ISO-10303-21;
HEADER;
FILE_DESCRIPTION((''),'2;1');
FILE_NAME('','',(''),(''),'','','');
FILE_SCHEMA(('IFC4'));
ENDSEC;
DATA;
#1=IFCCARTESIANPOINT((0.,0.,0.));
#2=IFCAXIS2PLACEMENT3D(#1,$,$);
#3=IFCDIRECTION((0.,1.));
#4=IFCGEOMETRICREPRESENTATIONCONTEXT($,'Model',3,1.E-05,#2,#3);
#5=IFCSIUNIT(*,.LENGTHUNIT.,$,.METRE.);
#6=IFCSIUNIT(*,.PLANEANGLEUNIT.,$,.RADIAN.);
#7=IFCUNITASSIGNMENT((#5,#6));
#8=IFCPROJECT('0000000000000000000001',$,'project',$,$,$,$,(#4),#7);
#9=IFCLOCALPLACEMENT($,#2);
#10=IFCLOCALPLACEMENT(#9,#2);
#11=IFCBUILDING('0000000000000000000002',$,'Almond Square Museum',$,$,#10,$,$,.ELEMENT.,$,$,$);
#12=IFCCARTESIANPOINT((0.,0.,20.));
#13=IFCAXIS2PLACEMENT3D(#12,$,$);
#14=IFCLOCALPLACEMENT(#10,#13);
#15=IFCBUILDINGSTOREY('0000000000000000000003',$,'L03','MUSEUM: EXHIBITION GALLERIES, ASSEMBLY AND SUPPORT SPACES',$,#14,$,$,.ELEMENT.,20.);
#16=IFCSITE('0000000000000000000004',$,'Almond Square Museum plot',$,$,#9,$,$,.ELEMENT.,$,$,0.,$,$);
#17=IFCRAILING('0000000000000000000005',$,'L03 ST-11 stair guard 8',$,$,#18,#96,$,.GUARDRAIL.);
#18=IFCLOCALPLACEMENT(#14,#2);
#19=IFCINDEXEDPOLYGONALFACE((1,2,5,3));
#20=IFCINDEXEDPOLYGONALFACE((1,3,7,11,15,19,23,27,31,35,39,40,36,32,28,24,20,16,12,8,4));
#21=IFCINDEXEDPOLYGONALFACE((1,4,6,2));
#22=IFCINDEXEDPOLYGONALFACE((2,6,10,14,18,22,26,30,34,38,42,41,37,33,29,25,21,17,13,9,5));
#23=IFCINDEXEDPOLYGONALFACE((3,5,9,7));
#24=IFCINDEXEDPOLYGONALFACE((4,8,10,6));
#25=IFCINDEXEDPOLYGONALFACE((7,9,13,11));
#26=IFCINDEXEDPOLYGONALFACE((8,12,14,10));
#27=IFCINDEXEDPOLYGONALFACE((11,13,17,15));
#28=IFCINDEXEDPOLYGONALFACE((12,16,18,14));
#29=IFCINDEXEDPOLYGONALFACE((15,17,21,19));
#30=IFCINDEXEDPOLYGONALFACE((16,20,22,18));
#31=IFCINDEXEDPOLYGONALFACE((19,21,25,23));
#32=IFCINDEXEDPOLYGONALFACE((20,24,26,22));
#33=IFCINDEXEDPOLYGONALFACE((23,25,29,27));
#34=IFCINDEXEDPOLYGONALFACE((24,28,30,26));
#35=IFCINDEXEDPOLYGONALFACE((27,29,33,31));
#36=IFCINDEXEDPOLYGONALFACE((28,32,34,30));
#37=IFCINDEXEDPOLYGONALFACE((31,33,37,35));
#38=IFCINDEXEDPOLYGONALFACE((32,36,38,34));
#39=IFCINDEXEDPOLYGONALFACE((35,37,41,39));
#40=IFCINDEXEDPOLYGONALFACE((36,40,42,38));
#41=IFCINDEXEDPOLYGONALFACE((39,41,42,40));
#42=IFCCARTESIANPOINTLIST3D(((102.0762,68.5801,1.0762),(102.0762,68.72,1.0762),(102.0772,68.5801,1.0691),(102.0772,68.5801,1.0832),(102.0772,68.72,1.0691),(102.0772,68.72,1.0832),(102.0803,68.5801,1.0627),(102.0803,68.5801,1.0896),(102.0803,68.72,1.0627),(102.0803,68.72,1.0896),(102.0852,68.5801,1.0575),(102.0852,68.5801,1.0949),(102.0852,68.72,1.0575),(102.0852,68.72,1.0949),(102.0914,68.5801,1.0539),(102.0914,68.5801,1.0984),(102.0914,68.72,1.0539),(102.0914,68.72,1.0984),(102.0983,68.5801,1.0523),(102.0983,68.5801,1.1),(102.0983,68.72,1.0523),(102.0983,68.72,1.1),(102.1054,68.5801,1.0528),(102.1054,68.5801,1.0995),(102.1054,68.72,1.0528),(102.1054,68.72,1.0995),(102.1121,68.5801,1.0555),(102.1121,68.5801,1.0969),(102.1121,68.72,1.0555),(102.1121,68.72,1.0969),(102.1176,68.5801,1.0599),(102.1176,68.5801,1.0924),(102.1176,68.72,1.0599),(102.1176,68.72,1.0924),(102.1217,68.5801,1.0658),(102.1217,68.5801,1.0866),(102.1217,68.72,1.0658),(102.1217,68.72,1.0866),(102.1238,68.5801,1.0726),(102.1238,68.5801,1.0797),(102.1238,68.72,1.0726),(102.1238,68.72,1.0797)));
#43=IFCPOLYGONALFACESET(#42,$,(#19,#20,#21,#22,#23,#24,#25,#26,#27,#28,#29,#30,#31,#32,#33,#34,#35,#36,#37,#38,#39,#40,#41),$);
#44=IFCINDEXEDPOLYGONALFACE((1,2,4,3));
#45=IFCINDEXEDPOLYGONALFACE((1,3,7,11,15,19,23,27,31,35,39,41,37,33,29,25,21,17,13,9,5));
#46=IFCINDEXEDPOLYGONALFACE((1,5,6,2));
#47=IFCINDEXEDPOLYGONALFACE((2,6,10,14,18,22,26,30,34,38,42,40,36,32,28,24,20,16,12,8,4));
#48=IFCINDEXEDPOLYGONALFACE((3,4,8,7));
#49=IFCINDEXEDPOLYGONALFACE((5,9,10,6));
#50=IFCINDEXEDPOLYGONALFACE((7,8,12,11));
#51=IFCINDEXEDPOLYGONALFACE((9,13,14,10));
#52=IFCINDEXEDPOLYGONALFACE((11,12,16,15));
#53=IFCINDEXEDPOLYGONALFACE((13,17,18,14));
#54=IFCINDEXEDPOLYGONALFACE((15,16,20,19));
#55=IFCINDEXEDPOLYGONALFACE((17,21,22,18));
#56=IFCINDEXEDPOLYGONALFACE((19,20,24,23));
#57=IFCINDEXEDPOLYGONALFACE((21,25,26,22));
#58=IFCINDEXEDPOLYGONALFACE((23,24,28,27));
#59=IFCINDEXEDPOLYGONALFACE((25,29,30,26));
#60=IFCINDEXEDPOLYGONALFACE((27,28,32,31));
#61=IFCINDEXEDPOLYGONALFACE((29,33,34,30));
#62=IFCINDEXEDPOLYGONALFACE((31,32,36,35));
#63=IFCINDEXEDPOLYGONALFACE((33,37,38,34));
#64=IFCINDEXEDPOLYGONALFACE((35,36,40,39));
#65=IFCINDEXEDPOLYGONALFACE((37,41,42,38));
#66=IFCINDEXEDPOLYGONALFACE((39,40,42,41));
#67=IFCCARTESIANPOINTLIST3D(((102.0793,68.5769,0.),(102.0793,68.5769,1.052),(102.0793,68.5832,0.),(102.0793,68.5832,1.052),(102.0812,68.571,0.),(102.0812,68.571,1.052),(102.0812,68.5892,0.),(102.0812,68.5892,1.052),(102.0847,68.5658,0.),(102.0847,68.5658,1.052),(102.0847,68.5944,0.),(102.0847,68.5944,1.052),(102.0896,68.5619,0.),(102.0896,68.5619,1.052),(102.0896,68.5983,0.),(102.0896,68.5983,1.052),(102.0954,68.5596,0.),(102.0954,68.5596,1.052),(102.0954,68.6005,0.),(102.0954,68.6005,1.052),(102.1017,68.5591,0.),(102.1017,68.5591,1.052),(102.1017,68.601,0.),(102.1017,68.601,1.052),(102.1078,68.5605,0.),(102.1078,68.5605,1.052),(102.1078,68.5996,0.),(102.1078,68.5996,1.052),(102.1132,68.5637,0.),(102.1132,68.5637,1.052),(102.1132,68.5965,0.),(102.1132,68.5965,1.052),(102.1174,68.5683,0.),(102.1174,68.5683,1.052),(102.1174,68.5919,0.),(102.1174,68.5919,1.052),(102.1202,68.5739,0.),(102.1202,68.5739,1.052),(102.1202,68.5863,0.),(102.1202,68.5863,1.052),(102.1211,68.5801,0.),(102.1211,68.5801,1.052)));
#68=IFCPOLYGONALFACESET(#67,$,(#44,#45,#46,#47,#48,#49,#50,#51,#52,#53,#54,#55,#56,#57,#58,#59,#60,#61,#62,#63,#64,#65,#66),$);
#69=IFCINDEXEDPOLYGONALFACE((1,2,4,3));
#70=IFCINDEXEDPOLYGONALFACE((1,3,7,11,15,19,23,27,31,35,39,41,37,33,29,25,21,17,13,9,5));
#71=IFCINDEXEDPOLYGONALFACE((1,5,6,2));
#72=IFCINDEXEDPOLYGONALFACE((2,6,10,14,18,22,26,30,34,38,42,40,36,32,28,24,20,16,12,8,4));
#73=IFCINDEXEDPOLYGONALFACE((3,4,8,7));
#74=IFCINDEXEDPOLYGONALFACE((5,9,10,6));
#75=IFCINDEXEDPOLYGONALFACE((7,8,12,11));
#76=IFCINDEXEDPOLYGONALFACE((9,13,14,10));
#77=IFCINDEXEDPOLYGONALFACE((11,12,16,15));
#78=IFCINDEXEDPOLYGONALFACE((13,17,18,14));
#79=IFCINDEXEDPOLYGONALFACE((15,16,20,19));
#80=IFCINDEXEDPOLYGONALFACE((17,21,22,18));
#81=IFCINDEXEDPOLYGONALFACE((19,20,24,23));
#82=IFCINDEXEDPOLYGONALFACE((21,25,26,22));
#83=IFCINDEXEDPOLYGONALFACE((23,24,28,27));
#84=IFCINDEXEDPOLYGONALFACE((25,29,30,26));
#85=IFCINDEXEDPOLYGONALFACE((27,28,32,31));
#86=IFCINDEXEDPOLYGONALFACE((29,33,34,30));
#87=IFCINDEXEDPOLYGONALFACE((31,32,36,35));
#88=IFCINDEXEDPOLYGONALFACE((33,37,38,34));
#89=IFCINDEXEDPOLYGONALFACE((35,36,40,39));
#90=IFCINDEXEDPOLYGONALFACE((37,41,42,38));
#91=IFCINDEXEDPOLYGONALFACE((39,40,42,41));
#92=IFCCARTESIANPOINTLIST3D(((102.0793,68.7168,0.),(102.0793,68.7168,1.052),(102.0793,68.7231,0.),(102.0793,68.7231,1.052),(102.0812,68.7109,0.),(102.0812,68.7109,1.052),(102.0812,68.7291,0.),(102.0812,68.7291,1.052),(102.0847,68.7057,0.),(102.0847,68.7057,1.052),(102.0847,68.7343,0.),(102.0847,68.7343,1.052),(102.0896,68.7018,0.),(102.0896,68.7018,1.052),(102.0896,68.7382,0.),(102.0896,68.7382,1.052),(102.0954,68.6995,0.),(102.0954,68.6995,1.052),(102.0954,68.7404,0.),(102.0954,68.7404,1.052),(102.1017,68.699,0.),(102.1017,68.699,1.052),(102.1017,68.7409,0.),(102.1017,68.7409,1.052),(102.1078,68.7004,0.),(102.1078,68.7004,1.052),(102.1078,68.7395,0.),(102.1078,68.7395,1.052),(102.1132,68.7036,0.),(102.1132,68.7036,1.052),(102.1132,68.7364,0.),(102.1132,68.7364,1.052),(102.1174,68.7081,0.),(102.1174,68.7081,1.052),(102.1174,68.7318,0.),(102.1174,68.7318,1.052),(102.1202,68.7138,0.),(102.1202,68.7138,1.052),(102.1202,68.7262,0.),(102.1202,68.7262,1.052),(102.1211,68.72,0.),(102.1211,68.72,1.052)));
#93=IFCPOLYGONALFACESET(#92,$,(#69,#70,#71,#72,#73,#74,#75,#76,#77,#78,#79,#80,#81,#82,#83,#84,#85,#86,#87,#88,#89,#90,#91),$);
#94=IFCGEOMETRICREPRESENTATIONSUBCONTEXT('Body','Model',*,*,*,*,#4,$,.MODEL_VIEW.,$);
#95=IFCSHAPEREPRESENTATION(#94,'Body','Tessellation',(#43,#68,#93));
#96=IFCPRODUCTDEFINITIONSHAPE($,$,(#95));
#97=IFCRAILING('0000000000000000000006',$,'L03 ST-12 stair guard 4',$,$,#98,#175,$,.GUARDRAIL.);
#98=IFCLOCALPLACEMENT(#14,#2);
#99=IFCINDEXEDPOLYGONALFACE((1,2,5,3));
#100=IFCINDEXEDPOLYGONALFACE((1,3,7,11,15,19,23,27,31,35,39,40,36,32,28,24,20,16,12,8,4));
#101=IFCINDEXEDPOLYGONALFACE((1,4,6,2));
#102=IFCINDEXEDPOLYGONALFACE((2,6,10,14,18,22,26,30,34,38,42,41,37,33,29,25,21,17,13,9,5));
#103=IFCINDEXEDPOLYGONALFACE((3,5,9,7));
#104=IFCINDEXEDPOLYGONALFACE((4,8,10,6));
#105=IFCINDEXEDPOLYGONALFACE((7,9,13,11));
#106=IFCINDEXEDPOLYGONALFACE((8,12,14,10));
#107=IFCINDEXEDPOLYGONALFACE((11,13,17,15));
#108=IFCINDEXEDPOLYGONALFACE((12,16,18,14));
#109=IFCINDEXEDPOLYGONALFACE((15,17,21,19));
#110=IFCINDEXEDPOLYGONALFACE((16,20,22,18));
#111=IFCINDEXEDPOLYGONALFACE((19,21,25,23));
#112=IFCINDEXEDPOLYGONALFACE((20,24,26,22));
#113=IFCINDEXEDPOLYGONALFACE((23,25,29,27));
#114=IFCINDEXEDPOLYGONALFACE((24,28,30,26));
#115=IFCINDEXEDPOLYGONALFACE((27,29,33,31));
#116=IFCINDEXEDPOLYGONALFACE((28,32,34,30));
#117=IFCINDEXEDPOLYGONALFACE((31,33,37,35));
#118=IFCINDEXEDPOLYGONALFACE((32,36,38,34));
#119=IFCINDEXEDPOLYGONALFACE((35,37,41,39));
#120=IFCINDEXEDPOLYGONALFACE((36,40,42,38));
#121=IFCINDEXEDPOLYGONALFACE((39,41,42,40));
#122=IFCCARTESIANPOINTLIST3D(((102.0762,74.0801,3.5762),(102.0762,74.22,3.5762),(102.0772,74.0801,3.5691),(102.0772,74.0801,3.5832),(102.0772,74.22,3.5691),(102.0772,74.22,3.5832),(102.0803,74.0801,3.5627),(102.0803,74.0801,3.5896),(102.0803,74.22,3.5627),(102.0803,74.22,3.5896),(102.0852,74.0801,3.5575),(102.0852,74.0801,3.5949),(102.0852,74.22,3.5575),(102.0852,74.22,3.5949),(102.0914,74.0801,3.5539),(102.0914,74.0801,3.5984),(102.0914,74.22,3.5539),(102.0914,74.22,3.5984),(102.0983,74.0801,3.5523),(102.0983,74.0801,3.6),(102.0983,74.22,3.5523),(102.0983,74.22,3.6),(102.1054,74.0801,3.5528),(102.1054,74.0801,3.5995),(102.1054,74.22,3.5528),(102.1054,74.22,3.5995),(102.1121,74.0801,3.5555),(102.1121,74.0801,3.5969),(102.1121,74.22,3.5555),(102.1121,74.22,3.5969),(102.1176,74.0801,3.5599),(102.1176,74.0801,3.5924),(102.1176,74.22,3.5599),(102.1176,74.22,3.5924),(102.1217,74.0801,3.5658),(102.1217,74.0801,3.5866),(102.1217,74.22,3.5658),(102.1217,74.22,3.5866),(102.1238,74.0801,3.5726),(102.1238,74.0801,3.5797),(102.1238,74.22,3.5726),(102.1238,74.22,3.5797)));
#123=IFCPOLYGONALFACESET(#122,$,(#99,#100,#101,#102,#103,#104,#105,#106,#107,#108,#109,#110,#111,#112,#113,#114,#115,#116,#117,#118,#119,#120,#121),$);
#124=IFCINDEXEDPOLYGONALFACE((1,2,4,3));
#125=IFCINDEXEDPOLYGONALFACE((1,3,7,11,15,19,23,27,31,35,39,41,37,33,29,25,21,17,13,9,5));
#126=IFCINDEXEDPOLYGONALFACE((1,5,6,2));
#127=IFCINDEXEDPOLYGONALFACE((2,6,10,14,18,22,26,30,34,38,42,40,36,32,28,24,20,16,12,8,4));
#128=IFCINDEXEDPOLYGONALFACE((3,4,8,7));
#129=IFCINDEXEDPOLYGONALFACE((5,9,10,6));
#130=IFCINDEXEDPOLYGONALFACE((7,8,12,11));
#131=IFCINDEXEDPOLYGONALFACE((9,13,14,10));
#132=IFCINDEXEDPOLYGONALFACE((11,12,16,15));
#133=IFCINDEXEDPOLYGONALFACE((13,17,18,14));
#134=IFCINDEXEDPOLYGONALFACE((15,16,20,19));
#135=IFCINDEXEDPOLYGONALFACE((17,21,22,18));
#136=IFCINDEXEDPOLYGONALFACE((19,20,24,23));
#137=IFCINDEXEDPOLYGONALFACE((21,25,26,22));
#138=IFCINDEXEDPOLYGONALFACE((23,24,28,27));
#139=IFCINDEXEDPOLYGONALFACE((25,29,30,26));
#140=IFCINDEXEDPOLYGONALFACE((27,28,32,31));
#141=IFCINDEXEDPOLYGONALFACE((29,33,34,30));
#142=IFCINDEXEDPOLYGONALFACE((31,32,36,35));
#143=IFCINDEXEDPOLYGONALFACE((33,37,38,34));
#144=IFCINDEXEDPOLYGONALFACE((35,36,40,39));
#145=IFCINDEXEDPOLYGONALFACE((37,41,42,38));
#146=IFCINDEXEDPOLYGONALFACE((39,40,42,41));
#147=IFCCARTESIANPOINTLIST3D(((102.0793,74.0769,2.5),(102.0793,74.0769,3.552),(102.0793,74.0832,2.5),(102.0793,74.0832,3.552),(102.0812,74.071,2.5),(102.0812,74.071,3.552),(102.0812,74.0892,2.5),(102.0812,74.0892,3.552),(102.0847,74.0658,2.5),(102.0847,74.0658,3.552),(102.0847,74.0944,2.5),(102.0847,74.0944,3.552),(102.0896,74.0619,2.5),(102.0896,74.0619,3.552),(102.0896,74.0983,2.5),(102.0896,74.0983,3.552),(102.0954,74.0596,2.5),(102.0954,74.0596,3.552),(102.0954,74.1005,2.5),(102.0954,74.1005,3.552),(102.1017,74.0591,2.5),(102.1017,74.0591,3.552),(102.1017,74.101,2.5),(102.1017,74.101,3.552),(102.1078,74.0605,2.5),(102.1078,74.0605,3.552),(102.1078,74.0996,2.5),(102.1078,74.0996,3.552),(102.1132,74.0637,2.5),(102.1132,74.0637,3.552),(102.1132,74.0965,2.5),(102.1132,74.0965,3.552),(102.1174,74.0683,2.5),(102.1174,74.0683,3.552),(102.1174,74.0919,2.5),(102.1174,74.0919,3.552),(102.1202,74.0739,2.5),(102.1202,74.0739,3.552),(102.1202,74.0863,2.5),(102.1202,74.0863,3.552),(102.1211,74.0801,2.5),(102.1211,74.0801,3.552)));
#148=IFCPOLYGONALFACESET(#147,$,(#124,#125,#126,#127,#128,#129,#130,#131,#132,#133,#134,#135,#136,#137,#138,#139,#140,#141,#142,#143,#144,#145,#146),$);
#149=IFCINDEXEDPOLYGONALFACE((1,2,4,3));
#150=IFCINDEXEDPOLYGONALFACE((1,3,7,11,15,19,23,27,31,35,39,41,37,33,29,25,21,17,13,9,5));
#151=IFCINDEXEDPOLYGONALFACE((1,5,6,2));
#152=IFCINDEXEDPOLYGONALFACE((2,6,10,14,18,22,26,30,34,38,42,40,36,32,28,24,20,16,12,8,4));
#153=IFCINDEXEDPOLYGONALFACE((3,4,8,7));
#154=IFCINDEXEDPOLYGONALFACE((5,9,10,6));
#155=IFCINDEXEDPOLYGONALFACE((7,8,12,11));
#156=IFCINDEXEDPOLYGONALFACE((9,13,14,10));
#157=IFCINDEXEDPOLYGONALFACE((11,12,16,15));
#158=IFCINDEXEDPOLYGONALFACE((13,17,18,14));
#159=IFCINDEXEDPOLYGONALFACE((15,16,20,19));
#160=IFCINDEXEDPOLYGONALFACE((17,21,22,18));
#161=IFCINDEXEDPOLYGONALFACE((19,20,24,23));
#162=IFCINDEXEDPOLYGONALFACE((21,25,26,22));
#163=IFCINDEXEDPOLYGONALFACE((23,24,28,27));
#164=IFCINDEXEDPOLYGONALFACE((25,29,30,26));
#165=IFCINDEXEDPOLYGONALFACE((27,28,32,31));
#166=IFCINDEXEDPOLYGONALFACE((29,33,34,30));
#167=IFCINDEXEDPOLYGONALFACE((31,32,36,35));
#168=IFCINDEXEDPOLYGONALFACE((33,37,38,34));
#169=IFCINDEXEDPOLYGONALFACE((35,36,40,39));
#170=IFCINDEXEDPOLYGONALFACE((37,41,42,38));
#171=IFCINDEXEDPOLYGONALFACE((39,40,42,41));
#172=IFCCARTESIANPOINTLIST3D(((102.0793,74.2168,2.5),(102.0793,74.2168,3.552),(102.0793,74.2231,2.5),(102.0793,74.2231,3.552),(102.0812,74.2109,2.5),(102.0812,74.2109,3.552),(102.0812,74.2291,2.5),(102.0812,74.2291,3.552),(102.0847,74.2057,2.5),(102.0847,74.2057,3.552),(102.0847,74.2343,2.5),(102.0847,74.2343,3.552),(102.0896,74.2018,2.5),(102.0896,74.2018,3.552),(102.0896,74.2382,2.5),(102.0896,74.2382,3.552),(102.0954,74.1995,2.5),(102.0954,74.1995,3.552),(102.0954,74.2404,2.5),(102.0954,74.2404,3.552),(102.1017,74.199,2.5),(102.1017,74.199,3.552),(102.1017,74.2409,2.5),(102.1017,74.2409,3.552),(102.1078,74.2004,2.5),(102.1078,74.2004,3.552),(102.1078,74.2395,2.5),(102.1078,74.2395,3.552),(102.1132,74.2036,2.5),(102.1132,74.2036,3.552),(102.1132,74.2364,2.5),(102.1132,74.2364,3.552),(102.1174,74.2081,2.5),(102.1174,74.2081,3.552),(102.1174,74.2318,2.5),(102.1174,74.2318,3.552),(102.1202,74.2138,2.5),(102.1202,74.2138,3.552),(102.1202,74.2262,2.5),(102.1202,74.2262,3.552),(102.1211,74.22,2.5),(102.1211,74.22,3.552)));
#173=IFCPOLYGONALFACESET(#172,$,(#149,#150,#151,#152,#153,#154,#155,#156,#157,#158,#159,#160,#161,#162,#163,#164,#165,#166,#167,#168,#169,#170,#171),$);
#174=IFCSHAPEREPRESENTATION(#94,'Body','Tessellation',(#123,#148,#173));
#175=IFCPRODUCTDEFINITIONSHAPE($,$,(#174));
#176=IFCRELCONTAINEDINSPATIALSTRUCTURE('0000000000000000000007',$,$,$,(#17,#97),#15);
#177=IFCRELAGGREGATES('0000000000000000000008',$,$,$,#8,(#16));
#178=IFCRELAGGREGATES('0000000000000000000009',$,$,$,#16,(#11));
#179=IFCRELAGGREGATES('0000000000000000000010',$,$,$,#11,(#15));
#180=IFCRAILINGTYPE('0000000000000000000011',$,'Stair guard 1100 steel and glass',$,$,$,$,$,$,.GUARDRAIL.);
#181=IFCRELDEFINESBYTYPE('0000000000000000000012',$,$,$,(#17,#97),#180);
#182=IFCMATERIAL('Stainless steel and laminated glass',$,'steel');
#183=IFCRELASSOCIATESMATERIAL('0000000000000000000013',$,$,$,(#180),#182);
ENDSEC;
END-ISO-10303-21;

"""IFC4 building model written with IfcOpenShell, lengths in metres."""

from ifc_helpers import new_model, si_unit, direction, frame, origin, origin_2d, place, context, subcontext, project, spatial, circle, extrude, material, type_object, element, save


model = new_model("IFC4")

# Units and contexts
model_context = context("Model", 3, precision=1e-05, world=origin(), true_north=direction((0.0, 1.0)))
body_context = subcontext(model_context, "Body", "Model", "MODEL_VIEW")
ifc_project = project(units=[si_unit("LENGTHUNIT", "METRE"), si_unit("PLANEANGLEUNIT", "RADIAN")], contexts=[model_context])

# Site, building, storey
site_placement = place(None, origin())
site = spatial("IfcSite", under=ifc_project, at=site_placement, Name="Almond Square Museum plot", CompositionType="ELEMENT", RefElevation=0.0)
building_placement = place(site_placement, origin())
building = spatial("IfcBuilding", under=site, at=building_placement, Name="Almond Square Museum", CompositionType="ELEMENT")
storey_placement = place(building_placement, frame((0.0, 0.0, 20.0)))
storey = spatial("IfcBuildingStorey", under=building, at=storey_placement, Name="L03", Description="MUSEUM: EXHIBITION GALLERIES, ASSEMBLY AND SUPPORT SPACES", CompositionType="ELEMENT", Elevation=20.0)

# Railings
ifc_material_1 = material(Name="Stainless steel and laminated glass", Category="steel")
railing_type_1 = type_object("IfcRailingType", Name="Stair guard 1100 steel and glass", PredefinedType="GUARDRAIL", material=ifc_material_1)
for number, where, name in (
    (1, (102.1001, 68.5801, 0.0), "L03 ST-11 stair guard 8"),
    (2, (102.1001, 74.0801, 2.5), "L03 ST-12 stair guard 4"),
):
    element("IfcRailing", number, at=place(storey_placement, frame(where)), inside=storey, type_object=railing_type_1, Name=name, PredefinedType="GUARDRAIL", context=body_context, shape_type="SweptSolid", body=[
        extrude(circle(Radius=0.0239, at=origin_2d()), frame((0.0, 0.0, 1.0762), z_axis=(0.0, 1.0, 0.0), x_axis=(-1.0, 0.0, 0.0)), (0.0, 0.0, 1.0), 0.1399),
        extrude(circle(Radius=0.021, at=origin_2d()), origin(), (0.0, 0.0, 1.0), 1.052),
        extrude(circle(Radius=0.021, at=origin_2d()), frame((0.0, 0.1399, 0.0)), (0.0, 0.0, 1.0), 1.052),
    ])

save(model, "model.ifc")
